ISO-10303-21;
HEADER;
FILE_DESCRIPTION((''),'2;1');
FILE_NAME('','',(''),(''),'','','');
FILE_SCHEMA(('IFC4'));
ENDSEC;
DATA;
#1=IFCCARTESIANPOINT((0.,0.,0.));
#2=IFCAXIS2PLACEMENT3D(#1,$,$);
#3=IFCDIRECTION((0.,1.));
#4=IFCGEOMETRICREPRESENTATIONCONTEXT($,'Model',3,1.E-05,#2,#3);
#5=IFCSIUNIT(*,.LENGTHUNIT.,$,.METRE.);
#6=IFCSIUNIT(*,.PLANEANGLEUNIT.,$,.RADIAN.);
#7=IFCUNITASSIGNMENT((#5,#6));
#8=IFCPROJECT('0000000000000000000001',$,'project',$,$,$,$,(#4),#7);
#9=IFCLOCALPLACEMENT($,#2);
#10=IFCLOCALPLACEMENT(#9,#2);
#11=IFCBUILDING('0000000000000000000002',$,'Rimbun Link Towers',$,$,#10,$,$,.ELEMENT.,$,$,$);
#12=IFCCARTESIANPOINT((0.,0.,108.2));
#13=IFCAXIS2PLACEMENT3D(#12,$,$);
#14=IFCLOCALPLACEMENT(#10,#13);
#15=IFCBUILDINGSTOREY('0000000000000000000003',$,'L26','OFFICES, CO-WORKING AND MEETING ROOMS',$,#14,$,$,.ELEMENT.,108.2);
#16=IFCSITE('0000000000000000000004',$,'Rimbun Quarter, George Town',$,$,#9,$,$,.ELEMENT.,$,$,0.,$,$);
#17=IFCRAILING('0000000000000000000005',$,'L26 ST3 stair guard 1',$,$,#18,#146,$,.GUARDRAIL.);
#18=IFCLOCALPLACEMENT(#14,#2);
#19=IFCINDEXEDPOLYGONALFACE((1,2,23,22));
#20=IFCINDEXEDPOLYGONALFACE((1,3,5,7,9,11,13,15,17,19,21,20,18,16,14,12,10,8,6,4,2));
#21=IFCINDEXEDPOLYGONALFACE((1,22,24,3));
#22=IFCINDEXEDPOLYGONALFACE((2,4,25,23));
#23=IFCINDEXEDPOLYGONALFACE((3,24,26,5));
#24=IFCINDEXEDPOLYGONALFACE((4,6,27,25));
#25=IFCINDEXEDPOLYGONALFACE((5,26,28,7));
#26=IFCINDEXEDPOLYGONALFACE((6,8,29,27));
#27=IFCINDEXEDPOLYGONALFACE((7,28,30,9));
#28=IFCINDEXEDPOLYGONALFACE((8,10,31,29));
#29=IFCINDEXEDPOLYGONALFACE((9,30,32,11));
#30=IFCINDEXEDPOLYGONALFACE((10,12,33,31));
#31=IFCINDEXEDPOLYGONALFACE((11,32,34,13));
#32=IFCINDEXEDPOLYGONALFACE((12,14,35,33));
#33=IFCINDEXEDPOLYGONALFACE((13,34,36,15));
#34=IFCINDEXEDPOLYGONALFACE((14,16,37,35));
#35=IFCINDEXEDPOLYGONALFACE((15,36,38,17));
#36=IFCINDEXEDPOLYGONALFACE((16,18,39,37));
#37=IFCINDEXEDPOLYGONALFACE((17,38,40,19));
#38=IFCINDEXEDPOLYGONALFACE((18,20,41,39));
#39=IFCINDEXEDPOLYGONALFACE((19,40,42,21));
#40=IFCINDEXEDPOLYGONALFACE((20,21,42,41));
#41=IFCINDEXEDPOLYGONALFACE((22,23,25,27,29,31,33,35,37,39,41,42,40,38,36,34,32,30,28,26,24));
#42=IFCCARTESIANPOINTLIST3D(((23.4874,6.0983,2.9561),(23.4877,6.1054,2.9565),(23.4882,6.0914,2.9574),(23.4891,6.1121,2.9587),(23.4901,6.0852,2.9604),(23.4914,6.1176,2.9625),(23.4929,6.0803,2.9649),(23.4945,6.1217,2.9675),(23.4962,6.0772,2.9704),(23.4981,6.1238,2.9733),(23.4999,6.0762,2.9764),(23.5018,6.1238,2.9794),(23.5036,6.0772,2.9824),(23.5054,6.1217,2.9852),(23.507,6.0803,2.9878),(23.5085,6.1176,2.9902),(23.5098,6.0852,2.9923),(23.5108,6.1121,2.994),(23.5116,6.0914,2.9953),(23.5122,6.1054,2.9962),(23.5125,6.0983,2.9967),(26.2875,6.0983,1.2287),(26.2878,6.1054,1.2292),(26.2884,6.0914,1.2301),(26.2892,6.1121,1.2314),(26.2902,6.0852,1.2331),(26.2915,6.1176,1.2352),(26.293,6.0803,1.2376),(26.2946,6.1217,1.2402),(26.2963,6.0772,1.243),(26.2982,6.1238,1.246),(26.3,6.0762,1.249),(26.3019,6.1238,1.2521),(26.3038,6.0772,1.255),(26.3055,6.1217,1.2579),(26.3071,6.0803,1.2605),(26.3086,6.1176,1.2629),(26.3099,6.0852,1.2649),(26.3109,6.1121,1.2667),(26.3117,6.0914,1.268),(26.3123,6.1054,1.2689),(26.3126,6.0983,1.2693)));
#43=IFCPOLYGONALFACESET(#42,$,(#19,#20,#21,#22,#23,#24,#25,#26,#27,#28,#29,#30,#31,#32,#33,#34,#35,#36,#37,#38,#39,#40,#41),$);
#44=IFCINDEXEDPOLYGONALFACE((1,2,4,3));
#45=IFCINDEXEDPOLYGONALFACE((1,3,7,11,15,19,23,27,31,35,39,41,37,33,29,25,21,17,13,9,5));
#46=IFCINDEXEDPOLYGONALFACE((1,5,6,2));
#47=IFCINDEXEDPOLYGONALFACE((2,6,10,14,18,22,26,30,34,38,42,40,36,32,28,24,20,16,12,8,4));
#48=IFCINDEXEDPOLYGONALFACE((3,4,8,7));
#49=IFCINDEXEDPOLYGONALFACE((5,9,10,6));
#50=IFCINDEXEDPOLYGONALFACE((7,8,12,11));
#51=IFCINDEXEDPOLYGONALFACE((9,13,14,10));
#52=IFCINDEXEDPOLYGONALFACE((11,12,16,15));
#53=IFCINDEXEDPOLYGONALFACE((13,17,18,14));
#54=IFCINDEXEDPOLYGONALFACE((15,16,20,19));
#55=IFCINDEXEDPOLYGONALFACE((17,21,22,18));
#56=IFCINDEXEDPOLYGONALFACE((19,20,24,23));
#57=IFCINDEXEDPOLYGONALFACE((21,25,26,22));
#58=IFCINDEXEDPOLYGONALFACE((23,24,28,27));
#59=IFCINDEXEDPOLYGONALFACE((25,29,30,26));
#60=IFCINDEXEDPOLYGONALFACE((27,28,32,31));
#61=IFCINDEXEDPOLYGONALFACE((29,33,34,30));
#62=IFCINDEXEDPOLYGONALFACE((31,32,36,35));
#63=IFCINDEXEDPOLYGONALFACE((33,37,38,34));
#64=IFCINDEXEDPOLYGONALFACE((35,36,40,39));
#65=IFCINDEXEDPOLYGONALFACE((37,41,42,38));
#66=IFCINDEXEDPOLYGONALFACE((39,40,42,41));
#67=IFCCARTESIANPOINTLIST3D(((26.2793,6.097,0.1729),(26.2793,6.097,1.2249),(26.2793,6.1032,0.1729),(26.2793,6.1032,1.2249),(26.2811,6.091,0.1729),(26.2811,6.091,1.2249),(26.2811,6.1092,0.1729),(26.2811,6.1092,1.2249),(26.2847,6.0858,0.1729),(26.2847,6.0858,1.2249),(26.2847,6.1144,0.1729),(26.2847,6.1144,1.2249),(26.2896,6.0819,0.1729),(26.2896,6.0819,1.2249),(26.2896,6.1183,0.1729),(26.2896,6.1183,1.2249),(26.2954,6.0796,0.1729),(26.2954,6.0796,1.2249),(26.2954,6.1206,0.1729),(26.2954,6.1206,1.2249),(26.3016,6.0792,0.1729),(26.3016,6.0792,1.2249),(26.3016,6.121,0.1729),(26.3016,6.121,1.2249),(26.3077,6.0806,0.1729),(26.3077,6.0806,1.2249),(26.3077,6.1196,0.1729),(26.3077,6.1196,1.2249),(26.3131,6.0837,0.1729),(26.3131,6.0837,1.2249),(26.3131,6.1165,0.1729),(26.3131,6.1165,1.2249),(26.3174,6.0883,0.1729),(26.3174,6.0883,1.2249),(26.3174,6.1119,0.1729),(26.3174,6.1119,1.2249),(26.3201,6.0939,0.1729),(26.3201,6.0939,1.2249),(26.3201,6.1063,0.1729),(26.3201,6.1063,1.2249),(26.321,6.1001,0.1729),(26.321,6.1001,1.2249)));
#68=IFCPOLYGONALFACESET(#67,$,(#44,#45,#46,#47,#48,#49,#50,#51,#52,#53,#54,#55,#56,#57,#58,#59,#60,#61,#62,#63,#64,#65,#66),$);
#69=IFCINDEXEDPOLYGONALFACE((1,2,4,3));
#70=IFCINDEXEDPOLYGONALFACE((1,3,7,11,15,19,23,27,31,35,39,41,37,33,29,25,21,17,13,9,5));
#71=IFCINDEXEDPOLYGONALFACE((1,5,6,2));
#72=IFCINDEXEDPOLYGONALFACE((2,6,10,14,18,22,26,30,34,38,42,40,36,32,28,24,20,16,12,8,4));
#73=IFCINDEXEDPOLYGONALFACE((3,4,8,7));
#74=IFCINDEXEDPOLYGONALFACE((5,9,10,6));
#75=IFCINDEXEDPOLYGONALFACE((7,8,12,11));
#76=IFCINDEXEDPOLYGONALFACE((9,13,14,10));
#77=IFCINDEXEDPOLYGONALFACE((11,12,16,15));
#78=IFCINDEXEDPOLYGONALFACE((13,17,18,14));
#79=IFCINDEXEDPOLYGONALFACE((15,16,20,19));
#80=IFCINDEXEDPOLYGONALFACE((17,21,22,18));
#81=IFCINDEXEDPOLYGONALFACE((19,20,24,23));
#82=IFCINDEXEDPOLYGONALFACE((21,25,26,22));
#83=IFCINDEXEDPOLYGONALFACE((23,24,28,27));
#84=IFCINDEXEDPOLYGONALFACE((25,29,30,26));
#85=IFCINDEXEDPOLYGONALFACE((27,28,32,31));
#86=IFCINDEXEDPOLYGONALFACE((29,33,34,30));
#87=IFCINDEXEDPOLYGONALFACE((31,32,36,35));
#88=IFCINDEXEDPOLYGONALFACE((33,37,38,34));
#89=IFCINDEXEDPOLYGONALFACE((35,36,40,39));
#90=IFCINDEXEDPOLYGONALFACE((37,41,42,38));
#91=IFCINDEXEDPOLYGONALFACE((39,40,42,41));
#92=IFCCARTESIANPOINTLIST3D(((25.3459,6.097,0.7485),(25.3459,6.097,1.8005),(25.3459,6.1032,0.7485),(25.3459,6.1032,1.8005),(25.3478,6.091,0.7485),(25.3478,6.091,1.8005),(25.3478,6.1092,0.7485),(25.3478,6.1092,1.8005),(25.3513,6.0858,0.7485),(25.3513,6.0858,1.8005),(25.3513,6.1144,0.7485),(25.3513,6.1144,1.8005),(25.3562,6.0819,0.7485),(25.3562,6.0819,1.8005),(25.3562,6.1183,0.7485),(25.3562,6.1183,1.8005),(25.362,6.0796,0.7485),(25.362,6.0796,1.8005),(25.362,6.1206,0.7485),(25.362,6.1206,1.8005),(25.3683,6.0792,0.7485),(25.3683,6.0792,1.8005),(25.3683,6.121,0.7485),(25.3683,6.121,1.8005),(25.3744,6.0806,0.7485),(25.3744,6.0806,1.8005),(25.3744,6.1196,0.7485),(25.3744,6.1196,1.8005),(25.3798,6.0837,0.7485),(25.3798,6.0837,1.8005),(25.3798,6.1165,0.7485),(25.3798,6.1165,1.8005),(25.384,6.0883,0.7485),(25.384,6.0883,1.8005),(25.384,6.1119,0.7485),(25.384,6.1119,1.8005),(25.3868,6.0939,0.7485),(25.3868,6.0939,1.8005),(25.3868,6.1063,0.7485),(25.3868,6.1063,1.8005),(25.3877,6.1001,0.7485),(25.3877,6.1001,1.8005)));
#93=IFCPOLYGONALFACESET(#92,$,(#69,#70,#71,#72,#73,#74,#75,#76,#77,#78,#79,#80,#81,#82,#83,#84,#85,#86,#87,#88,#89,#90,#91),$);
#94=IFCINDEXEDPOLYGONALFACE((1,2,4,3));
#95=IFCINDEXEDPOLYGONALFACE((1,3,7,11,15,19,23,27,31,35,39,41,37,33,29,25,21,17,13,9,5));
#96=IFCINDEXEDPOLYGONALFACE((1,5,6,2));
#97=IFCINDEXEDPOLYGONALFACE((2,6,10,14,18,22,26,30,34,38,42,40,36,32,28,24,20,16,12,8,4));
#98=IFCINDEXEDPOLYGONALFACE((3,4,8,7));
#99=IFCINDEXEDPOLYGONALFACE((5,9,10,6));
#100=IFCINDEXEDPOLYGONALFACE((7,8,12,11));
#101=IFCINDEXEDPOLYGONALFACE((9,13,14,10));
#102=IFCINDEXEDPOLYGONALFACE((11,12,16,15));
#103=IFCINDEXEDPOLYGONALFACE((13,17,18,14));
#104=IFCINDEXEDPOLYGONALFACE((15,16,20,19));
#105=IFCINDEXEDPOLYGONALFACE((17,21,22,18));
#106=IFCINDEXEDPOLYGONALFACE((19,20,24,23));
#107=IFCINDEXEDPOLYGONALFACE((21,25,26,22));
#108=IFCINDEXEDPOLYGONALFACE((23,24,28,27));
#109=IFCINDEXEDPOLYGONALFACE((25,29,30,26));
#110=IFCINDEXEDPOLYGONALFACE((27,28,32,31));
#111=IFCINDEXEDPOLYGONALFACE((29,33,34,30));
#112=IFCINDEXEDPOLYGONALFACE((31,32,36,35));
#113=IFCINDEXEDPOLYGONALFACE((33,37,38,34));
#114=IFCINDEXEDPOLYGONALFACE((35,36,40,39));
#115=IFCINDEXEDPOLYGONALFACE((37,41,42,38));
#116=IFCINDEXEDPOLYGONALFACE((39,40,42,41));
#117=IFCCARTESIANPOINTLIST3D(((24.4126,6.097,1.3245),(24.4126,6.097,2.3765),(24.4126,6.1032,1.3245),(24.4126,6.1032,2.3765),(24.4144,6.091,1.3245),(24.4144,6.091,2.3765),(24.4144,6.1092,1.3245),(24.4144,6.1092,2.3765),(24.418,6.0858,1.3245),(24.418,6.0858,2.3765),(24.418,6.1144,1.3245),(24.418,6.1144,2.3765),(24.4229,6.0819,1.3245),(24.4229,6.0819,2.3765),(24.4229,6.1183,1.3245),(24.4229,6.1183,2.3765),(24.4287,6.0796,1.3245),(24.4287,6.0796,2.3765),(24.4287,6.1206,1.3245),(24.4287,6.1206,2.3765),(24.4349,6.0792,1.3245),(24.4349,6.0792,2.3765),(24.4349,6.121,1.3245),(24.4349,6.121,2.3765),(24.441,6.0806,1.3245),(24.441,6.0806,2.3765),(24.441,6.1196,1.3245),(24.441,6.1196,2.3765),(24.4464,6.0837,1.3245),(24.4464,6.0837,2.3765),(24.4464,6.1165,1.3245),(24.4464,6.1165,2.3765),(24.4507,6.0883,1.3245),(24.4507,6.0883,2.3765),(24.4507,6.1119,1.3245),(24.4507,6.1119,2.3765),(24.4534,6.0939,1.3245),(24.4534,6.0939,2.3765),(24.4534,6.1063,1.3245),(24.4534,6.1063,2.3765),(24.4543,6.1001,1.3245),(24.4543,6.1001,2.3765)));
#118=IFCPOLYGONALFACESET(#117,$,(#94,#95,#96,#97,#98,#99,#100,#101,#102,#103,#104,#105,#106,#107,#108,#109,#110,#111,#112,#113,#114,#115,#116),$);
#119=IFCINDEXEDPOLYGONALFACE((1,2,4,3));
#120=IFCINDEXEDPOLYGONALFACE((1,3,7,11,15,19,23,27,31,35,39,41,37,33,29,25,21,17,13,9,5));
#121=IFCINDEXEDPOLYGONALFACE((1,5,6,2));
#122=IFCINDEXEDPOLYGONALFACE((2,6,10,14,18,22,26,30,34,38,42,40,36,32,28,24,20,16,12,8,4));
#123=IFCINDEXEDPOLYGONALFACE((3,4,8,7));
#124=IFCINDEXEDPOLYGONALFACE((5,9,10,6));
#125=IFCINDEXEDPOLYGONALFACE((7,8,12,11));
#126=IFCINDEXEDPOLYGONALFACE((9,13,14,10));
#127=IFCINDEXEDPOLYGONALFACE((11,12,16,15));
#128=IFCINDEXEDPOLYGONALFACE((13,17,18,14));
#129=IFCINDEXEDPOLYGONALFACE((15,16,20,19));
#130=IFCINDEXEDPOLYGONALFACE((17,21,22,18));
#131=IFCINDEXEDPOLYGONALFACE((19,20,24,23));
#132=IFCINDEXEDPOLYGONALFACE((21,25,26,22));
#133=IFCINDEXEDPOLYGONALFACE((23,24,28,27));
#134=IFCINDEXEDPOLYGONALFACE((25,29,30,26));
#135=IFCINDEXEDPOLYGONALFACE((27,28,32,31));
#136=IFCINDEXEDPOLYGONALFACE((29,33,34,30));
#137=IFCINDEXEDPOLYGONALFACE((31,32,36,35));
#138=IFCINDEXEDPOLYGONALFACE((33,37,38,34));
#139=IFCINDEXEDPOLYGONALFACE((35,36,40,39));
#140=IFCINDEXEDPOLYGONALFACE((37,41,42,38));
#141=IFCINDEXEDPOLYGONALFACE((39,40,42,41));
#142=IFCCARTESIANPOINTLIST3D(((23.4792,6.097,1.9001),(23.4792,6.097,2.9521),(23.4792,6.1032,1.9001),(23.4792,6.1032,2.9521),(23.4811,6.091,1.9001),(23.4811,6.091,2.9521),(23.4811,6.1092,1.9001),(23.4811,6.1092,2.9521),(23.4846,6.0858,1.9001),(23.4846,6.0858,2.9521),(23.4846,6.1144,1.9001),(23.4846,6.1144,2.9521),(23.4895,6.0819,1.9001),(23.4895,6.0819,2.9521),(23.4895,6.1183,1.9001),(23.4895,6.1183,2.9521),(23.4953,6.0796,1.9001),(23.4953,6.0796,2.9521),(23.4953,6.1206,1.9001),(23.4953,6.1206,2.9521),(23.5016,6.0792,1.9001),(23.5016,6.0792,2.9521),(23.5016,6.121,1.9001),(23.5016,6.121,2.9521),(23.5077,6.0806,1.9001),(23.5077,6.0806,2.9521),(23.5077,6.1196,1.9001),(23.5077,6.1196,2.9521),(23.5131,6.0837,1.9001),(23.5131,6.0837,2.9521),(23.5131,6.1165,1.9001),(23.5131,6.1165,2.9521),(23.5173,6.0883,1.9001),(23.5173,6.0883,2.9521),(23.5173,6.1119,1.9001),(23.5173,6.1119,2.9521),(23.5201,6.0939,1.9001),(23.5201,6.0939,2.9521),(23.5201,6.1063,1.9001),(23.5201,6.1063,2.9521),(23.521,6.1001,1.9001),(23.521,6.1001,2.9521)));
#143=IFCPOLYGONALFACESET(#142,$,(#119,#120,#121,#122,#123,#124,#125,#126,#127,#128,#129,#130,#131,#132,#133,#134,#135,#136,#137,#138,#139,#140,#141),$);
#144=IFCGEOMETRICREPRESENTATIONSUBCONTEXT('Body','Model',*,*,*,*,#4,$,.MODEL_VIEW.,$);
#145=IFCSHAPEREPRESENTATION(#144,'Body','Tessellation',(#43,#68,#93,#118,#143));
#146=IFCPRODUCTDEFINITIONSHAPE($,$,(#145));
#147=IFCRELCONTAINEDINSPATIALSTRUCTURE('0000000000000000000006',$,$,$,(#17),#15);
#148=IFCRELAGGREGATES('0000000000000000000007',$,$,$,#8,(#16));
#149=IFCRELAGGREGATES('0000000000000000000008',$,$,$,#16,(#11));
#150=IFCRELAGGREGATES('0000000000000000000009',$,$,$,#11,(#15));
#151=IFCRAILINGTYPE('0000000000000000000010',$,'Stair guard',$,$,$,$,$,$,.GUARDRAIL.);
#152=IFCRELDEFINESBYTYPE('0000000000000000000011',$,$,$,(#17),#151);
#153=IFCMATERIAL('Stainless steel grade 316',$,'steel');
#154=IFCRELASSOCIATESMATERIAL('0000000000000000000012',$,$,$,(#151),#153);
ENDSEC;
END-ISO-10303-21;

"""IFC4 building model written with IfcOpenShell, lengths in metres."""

from ifc_helpers import new_model, si_unit, direction, frame, origin, origin_2d, place, context, subcontext, project, spatial, circle, extrude, material, type_object, element, save


model = new_model("IFC4")

# Units and contexts
model_context = context("Model", 3, precision=1e-05, world=origin(), true_north=direction((0.0, 1.0)))
body_context = subcontext(model_context, "Body", "Model", "MODEL_VIEW")
ifc_project = project(units=[si_unit("LENGTHUNIT", "METRE"), si_unit("PLANEANGLEUNIT", "RADIAN")], contexts=[model_context])

# Site, building, storey
site_placement = place(None, origin())
site = spatial("IfcSite", under=ifc_project, at=site_placement, Name="Rimbun Quarter, George Town", CompositionType="ELEMENT", RefElevation=0.0)
building_placement = place(site_placement, origin())
building = spatial("IfcBuilding", under=site, at=building_placement, Name="Rimbun Link Towers", CompositionType="ELEMENT")
storey_placement = place(building_placement, frame((0.0, 0.0, 108.2)))
storey = spatial("IfcBuildingStorey", under=building, at=storey_placement, Name="L26", Description="OFFICES, CO-WORKING AND MEETING ROOMS", CompositionType="ELEMENT", Elevation=108.2)

# Railing
ifc_material_1 = material(Name="Stainless steel grade 316", Category="steel")
railing_type_1 = type_object("IfcRailingType", Name="Stair guard", PredefinedType="GUARDRAIL", material=ifc_material_1)
railing_1_placement = place(storey_placement, frame((26.3, 6.1001, 0.1729)))
element("IfcRailing", 1, at=railing_1_placement, inside=storey, type_object=railing_type_1, Name="L26 ST3 stair guard 1", PredefinedType="GUARDRAIL", context=body_context, shape_type="SweptSolid", body=[
    extrude(circle(Radius=0.0239, at=origin_2d()), frame((0.0, 0.0, 1.0762), z_axis=(-0.85109, 0.0, 0.52502), x_axis=(0.0, -1.0, 0.0)), (0.0, 0.0, 1.0), 3.29),
    extrude(circle(Radius=0.021, at=origin_2d()), origin(), (0.0, 0.0, 1.0), 1.052),
    extrude(circle(Radius=0.021, at=origin_2d()), frame((-0.9333, 0.0, 0.5757)), (0.0, 0.0, 1.0), 1.052),
    extrude(circle(Radius=0.021, at=origin_2d()), frame((-1.8667, 0.0, 1.1516)), (0.0, 0.0, 1.0), 1.052),
    extrude(circle(Radius=0.021, at=origin_2d()), frame((-2.8, 0.0, 1.7273)), (0.0, 0.0, 1.0), 1.052),
])

save(model, "model.ifc")
